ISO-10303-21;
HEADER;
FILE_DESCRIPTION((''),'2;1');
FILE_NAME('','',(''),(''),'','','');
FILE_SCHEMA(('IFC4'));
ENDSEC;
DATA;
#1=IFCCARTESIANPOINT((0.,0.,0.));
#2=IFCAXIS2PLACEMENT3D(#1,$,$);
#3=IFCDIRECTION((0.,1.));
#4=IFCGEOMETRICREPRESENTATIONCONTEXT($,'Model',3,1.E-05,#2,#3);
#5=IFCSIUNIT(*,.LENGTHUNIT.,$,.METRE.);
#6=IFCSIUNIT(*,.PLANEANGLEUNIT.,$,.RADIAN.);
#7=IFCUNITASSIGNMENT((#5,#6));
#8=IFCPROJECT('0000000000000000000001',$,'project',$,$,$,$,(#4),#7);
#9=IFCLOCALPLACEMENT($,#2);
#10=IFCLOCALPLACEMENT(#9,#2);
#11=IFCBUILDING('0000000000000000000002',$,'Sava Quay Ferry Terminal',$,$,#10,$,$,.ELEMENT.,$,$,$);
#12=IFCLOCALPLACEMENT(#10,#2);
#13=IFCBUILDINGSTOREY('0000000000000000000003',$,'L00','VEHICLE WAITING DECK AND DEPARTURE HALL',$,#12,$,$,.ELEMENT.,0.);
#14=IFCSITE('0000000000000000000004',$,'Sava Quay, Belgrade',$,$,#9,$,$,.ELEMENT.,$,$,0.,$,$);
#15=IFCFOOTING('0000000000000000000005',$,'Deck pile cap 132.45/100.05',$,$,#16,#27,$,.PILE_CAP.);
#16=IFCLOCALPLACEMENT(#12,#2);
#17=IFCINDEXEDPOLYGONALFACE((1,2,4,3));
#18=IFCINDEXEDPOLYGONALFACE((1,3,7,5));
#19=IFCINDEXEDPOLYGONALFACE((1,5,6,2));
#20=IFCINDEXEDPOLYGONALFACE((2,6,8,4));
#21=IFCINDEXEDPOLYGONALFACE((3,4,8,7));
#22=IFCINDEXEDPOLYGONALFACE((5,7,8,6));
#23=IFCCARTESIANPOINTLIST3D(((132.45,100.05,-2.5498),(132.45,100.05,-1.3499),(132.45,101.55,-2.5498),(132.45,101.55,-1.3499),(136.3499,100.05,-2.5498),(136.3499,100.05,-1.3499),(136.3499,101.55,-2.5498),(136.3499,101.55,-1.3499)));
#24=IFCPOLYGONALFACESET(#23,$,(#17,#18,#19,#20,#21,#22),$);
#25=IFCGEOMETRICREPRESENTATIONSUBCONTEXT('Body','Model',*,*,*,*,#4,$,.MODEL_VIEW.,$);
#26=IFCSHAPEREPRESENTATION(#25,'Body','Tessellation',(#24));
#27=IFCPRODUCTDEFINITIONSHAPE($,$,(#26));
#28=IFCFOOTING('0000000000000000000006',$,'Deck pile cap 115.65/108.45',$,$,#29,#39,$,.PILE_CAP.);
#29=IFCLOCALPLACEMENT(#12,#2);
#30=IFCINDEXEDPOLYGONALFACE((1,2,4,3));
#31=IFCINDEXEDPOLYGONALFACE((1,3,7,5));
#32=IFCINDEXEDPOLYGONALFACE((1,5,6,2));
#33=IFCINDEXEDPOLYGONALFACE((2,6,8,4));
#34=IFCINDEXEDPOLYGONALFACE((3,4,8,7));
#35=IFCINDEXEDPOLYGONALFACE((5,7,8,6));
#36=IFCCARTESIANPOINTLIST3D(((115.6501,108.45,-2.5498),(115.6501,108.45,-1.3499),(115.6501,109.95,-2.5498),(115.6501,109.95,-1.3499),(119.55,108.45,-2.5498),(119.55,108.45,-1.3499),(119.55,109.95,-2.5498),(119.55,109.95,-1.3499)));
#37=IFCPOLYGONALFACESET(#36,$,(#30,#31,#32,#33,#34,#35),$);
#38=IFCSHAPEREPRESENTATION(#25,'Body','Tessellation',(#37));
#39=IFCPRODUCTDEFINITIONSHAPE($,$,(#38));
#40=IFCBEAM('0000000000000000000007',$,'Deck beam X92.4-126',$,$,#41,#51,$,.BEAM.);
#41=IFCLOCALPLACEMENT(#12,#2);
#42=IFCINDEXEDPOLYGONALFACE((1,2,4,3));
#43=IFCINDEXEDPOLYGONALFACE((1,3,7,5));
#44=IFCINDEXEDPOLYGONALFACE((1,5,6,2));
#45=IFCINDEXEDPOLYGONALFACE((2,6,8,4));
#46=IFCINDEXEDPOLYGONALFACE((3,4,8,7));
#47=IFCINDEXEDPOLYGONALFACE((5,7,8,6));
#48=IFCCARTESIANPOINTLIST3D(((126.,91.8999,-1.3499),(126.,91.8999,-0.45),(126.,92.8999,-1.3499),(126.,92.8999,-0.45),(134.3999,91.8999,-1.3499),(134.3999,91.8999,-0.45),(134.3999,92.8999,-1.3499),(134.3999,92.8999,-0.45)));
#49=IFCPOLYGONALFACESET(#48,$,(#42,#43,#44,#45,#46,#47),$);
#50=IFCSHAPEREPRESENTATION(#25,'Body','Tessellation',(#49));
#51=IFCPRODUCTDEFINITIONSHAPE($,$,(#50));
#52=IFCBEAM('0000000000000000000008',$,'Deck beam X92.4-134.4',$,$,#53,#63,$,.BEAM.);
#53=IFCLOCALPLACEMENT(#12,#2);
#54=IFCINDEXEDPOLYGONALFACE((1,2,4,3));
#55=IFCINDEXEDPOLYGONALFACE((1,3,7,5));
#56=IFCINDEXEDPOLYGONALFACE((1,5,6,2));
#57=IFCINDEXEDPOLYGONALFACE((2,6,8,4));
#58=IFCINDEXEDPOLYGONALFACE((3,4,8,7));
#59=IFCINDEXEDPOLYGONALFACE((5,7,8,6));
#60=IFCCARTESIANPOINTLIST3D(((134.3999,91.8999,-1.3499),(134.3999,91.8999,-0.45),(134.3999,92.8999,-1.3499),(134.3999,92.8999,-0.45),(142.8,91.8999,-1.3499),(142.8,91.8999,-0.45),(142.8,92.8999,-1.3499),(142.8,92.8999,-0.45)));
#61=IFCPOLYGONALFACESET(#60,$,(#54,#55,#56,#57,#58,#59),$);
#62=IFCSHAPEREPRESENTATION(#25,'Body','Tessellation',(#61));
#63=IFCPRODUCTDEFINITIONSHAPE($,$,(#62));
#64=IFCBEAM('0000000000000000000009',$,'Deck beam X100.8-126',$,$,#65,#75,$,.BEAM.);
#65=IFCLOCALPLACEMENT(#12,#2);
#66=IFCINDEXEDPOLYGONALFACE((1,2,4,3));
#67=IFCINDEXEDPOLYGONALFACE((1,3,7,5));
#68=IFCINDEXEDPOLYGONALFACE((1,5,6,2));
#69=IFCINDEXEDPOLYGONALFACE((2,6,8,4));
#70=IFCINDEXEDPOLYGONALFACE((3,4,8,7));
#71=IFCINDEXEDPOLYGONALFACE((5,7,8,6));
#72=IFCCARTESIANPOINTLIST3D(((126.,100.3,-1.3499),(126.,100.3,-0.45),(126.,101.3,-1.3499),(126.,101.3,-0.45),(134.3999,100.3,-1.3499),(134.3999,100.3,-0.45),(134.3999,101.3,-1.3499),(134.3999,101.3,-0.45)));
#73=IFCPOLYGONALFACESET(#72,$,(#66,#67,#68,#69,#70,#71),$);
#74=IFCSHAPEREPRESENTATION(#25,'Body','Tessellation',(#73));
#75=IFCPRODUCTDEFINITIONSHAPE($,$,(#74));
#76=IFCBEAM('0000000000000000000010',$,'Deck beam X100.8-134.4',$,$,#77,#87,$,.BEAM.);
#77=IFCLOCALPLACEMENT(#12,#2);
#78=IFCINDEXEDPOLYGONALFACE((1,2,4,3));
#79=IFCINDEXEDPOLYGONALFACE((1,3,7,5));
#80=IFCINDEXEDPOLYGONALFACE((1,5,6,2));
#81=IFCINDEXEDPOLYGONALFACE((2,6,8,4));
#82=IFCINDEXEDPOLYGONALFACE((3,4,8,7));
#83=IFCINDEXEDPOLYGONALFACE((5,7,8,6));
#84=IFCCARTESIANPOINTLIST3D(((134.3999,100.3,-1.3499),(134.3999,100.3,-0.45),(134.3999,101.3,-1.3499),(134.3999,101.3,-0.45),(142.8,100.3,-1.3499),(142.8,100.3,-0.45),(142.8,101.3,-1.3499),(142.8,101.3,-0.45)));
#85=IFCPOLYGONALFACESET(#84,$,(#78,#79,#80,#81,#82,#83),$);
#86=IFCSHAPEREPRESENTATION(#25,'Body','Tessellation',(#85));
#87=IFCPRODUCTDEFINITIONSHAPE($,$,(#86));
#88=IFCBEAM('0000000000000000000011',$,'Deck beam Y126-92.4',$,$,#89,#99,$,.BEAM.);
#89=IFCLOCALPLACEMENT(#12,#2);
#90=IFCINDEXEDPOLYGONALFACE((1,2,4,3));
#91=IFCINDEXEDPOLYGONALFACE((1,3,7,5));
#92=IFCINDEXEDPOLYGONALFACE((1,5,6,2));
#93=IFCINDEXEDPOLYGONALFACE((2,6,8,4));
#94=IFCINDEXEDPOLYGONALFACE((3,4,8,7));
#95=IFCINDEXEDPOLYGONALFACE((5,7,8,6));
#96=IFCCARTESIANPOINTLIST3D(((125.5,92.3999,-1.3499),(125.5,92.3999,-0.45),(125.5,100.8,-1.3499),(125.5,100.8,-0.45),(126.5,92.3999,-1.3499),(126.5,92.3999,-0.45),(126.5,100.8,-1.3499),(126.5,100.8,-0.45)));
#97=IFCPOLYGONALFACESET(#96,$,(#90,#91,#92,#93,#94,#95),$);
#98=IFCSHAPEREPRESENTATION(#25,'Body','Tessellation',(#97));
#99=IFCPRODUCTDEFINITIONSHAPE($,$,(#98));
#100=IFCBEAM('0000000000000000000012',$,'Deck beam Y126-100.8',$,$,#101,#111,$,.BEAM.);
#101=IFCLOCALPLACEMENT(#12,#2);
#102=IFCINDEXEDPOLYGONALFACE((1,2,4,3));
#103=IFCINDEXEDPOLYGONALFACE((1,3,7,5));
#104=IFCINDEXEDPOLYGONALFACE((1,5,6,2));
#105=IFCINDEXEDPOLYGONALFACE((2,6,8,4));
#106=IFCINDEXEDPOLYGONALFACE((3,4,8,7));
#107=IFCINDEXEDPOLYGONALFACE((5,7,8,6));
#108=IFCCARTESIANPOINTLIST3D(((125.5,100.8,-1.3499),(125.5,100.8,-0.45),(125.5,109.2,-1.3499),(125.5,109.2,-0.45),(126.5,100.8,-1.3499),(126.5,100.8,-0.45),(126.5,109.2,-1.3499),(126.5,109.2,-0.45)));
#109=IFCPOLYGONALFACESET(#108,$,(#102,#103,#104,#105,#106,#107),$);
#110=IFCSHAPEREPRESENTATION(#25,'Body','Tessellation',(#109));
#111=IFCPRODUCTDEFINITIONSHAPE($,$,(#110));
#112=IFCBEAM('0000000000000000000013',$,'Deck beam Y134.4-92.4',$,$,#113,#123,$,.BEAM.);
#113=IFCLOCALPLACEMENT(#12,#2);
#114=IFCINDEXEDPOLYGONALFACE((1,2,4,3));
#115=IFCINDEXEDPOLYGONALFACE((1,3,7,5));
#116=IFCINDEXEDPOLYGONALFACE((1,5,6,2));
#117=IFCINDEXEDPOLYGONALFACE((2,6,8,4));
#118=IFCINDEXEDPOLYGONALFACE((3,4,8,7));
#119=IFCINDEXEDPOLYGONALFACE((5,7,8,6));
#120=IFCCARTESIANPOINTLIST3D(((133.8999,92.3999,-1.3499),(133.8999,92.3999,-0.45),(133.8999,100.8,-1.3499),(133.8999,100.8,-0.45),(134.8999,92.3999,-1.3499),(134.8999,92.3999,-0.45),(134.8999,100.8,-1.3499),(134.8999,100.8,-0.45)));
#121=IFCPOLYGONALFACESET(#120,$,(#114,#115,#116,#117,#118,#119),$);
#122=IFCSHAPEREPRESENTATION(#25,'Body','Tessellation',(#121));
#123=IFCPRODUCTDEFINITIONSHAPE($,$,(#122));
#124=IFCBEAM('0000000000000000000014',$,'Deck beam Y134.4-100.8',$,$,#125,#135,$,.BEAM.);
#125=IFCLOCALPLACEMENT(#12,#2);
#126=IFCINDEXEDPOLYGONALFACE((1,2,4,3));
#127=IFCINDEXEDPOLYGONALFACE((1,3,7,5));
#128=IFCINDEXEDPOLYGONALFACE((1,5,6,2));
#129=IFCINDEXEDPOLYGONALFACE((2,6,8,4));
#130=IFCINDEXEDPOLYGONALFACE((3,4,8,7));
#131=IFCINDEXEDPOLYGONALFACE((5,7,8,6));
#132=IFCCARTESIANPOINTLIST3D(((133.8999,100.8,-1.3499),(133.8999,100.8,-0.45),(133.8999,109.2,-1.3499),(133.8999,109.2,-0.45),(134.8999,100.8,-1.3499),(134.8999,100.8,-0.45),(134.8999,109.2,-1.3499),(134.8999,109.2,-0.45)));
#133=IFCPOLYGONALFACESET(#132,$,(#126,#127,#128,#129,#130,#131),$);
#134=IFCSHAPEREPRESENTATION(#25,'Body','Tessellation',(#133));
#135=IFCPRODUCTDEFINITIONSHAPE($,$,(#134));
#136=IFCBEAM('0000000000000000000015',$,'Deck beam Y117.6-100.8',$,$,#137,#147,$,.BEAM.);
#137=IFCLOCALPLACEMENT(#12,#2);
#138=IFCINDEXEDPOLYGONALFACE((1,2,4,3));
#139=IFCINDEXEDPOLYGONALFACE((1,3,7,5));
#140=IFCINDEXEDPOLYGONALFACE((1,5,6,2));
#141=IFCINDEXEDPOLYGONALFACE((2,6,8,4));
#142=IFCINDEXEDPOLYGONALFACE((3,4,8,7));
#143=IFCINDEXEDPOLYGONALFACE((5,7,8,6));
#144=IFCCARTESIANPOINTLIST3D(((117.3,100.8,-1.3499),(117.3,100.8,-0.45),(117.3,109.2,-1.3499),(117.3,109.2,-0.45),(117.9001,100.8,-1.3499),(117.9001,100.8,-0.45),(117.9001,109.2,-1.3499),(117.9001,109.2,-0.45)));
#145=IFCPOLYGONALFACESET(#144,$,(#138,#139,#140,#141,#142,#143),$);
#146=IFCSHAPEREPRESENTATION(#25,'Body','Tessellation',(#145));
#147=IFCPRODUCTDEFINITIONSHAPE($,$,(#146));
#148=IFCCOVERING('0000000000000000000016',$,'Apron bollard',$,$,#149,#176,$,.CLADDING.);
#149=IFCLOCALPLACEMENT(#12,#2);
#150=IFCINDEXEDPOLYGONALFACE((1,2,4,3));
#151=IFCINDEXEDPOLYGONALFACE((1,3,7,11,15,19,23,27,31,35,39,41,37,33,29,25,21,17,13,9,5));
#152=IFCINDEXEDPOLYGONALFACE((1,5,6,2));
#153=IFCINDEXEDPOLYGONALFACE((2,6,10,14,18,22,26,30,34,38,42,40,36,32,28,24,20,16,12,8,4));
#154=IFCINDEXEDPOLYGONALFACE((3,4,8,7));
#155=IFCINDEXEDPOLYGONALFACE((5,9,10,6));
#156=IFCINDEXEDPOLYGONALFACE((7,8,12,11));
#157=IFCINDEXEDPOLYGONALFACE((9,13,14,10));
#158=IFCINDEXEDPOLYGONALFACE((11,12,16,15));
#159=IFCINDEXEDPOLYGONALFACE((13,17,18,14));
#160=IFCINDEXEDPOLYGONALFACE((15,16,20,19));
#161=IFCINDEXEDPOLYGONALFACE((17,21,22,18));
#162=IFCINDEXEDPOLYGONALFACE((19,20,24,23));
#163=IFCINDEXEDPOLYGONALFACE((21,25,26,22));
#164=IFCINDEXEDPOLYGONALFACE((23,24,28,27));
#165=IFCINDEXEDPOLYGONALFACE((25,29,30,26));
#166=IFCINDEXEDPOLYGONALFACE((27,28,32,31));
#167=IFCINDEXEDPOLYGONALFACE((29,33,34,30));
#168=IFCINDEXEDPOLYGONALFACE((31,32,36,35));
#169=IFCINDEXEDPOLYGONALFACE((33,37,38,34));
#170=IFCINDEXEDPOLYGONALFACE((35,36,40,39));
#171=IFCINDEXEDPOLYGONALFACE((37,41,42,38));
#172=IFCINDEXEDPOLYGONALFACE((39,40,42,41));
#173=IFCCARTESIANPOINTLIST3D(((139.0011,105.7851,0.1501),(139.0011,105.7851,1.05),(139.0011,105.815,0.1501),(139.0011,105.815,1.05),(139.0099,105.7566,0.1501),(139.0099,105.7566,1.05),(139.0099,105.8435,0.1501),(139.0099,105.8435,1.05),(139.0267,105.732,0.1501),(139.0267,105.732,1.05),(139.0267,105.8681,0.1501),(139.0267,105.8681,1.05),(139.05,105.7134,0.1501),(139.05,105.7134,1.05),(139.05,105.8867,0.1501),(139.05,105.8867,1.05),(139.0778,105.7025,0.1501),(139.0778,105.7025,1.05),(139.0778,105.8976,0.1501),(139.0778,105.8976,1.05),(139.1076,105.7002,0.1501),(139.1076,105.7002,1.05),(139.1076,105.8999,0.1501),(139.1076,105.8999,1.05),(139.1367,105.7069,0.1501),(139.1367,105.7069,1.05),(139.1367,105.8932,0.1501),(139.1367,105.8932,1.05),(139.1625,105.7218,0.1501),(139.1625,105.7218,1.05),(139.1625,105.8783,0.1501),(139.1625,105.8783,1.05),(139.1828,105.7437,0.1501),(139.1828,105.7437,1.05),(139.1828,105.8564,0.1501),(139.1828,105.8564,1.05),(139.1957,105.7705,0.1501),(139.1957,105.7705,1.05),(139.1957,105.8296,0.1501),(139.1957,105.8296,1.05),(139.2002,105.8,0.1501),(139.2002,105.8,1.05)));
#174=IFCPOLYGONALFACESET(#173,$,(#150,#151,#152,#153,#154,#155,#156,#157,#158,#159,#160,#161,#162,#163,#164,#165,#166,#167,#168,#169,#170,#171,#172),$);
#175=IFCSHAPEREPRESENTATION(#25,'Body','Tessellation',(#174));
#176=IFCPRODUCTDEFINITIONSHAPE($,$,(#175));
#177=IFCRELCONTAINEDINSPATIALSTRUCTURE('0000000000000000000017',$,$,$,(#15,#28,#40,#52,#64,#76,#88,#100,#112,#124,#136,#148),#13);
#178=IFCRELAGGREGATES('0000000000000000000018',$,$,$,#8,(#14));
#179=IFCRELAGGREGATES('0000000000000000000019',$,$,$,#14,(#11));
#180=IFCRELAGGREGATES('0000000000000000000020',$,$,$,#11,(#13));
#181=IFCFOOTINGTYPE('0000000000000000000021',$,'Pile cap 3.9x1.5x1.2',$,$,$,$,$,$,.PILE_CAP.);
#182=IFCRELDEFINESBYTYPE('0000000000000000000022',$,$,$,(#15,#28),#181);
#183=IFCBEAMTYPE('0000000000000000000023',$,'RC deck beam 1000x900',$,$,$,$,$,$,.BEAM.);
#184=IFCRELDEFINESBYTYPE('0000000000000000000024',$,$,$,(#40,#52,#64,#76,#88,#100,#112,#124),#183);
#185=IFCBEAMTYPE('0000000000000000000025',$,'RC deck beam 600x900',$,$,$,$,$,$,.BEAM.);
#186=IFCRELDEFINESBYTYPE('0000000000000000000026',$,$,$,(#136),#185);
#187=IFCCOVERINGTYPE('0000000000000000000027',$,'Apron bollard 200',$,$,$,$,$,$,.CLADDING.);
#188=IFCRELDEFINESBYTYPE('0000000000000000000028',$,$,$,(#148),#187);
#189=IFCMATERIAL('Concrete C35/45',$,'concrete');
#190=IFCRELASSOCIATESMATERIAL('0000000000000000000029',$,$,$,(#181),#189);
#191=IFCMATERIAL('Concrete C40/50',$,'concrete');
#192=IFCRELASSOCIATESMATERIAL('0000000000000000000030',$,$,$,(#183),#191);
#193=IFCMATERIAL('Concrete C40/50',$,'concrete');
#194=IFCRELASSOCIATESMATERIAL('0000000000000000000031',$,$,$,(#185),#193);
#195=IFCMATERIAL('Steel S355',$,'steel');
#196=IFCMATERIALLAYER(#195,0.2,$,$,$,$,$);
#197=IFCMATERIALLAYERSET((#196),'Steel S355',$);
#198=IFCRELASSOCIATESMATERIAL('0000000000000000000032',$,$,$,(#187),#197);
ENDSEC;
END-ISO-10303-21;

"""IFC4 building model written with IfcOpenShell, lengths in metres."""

from ifc_helpers import new_model, si_unit, direction, frame, origin, origin_2d, place, context, subcontext, project, spatial, rectangle, circle, extrude, material, layer, layer_set, material_profile, profile_set, type_object, element, save


model = new_model("IFC4")

# Units and contexts
model_context = context("Model", 3, precision=1e-05, world=origin(), true_north=direction((0.0, 1.0)))
body_context = subcontext(model_context, "Body", "Model", "MODEL_VIEW")
ifc_project = project(units=[si_unit("LENGTHUNIT", "METRE"), si_unit("PLANEANGLEUNIT", "RADIAN")], contexts=[model_context])

# Site, building, storey
site_placement = place(None, origin())
site = spatial("IfcSite", under=ifc_project, at=site_placement, Name="Sava Quay, Belgrade", CompositionType="ELEMENT", RefElevation=0.0)
building_placement = place(site_placement, origin())
building = spatial("IfcBuilding", under=site, at=building_placement, Name="Sava Quay Ferry Terminal", CompositionType="ELEMENT")
storey_placement = place(building_placement, origin())
storey = spatial("IfcBuildingStorey", under=building, at=storey_placement, Name="L00", Description="VEHICLE WAITING DECK AND DEPARTURE HALL", CompositionType="ELEMENT", Elevation=0.0)

# Footings
ifc_material_1 = material(Name="Concrete C35/45", Category="concrete")
footing_type = type_object("IfcFootingType", Name="Pile cap 3.9x1.5x1.2", PredefinedType="PILE_CAP", material=ifc_material_1)
for number, where, z_axis, x_axis, name in (
    (1, (134.3999, 100.8, -2.5498), (0.0, 0.0, 1.0), (1.0, 0.0, 0.0), "Deck pile cap 132.45/100.05"),
    (2, (117.6001, 109.2, -2.5498), (0.0, 0.0, 1.0), (1.0, 0.0, 0.0), "Deck pile cap 115.65/108.45"),
):
    element("IfcFooting", number, at=place(storey_placement, frame(where, z_axis=z_axis, x_axis=x_axis)), inside=storey, type_object=footing_type, Name=name, PredefinedType="PILE_CAP", context=body_context, shape_type="SweptSolid", body=[
        extrude(rectangle(XDim=3.8999, YDim=1.5, at=origin_2d()), origin(), (0.0, 0.0, 1.0), 1.2),
    ])

# Beams
ifc_material_2 = material(Name="Concrete C40/50", Category="concrete")
ifc_material_profile_1 = material_profile(ifc_material_2, rectangle(XDim=1.0, YDim=0.8999, at=origin_2d()), Name="RC 1000x900")
ifc_profile_set_1 = profile_set([ifc_material_profile_1], Name="Concrete C40/50")
beam_type_1 = type_object("IfcBeamType", Name="RC deck beam 1000x900", PredefinedType="BEAM", material=ifc_profile_set_1)
beam_1_placement = place(storey_placement, frame((126.0, 92.3999, -0.8999), z_axis=(1.0, 0.0, 0.0), x_axis=(0.0, 1.0, 0.0)))
element("IfcBeam", 3, at=beam_1_placement, inside=storey, type_object=beam_type_1, Name="Deck beam X92.4-126", PredefinedType="BEAM", context=body_context, shape_type="SweptSolid", body=[
    extrude(rectangle(XDim=1.0, YDim=0.8999, at=origin_2d()), origin(), (0.0, 0.0, 1.0), 8.3999),
])
beam_2_placement = place(storey_placement, frame((134.3999, 92.3999, -0.8999), z_axis=(1.0, 0.0, 0.0), x_axis=(0.0, 1.0, 0.0)))
element("IfcBeam", 4, at=beam_2_placement, inside=storey, type_object=beam_type_1, Name="Deck beam X92.4-134.4", PredefinedType="BEAM", context=body_context, shape_type="SweptSolid", body=[
    extrude(rectangle(XDim=1.0, YDim=0.8999, at=origin_2d()), origin(), (0.0, 0.0, 1.0), 8.4001),
])
beam_3_placement = place(storey_placement, frame((126.0, 100.8, -0.8999), z_axis=(1.0, 0.0, 0.0), x_axis=(0.0, 1.0, 0.0)))
element("IfcBeam", 5, at=beam_3_placement, inside=storey, type_object=beam_type_1, Name="Deck beam X100.8-126", PredefinedType="BEAM", context=body_context, shape_type="SweptSolid", body=[
    extrude(rectangle(XDim=1.0, YDim=0.8999, at=origin_2d()), origin(), (0.0, 0.0, 1.0), 8.3999),
])
for number, where, z_axis, x_axis, name in (
    (6, (134.3999, 100.8, -0.8999), (1.0, 0.0, 0.0), (0.0, 1.0, 0.0), "Deck beam X100.8-134.4"),
    (7, (126.0, 92.3999, -0.8999), (0.0, 1.0, 0.0), (-1.0, 0.0, 0.0), "Deck beam Y126-92.4"),
):
    element("IfcBeam", number, at=place(storey_placement, frame(where, z_axis=z_axis, x_axis=x_axis)), inside=storey, type_object=beam_type_1, Name=name, PredefinedType="BEAM", context=body_context, shape_type="SweptSolid", body=[
        extrude(rectangle(XDim=1.0, YDim=0.8999, at=origin_2d()), origin(), (0.0, 0.0, 1.0), 8.4001),
    ])
beam_4_placement = place(storey_placement, frame((126.0, 100.8, -0.8999), z_axis=(0.0, 1.0, 0.0), x_axis=(-1.0, 0.0, 0.0)))
element("IfcBeam", 8, at=beam_4_placement, inside=storey, type_object=beam_type_1, Name="Deck beam Y126-100.8", PredefinedType="BEAM", context=body_context, shape_type="SweptSolid", body=[
    extrude(rectangle(XDim=1.0, YDim=0.8999, at=origin_2d()), origin(), (0.0, 0.0, 1.0), 8.3999),
])
beam_5_placement = place(storey_placement, frame((134.3999, 92.3999, -0.8999), z_axis=(0.0, 1.0, 0.0), x_axis=(-1.0, 0.0, 0.0)))
element("IfcBeam", 9, at=beam_5_placement, inside=storey, type_object=beam_type_1, Name="Deck beam Y134.4-92.4", PredefinedType="BEAM", context=body_context, shape_type="SweptSolid", body=[
    extrude(rectangle(XDim=1.0, YDim=0.8999, at=origin_2d()), origin(), (0.0, 0.0, 1.0), 8.4001),
])
beam_6_placement = place(storey_placement, frame((134.3999, 100.8, -0.8999), z_axis=(0.0, 1.0, 0.0), x_axis=(-1.0, 0.0, 0.0)))
element("IfcBeam", 10, at=beam_6_placement, inside=storey, type_object=beam_type_1, Name="Deck beam Y134.4-100.8", PredefinedType="BEAM", context=body_context, shape_type="SweptSolid", body=[
    extrude(rectangle(XDim=1.0, YDim=0.8999, at=origin_2d()), origin(), (0.0, 0.0, 1.0), 8.3999),
])
ifc_material_3 = material(Name="Concrete C40/50", Category="concrete")
ifc_material_profile_2 = material_profile(ifc_material_3, rectangle(XDim=0.6001, YDim=0.8999, at=origin_2d()), Name="RC 600x900")
ifc_profile_set_2 = profile_set([ifc_material_profile_2], Name="Concrete C40/50")
beam_type_2 = type_object("IfcBeamType", Name="RC deck beam 600x900", PredefinedType="BEAM", material=ifc_profile_set_2)
beam_7_placement = place(storey_placement, frame((117.6001, 100.8, -0.8999), z_axis=(0.0, 1.0, 0.0), x_axis=(-1.0, 0.0, 0.0)))
element("IfcBeam", 11, at=beam_7_placement, inside=storey, type_object=beam_type_2, Name="Deck beam Y117.6-100.8", PredefinedType="BEAM", context=body_context, shape_type="SweptSolid", body=[
    extrude(rectangle(XDim=0.6001, YDim=0.8999, at=origin_2d()), origin(), (0.0, 0.0, 1.0), 8.3999),
])

# Covering
ifc_material_4 = material(Name="Steel S355", Category="steel")
ifc_layer_1 = layer(ifc_material_4, 0.2)
ifc_layer_set_1 = layer_set([ifc_layer_1], Name="Steel S355")
covering_type_1 = type_object("IfcCoveringType", Name="Apron bollard 200", PredefinedType="CLADDING", material=ifc_layer_set_1)
for number, where, z_axis, x_axis, name in (
    (12, (139.1001, 105.8, 1.05), (0.0, 0.0, -1.0), (1.0, 0.0, 0.0), "Apron bollard"),
):
    element("IfcCovering", number, at=place(storey_placement, frame(where, z_axis=z_axis, x_axis=x_axis)), inside=storey, type_object=covering_type_1, Name=name, PredefinedType="CLADDING", context=body_context, shape_type="SweptSolid", body=[
        extrude(circle(Radius=0.1001, at=origin_2d()), origin(), (0.0, 0.0, 1.0), 0.8999),
    ])

save(model, "model.ifc")
